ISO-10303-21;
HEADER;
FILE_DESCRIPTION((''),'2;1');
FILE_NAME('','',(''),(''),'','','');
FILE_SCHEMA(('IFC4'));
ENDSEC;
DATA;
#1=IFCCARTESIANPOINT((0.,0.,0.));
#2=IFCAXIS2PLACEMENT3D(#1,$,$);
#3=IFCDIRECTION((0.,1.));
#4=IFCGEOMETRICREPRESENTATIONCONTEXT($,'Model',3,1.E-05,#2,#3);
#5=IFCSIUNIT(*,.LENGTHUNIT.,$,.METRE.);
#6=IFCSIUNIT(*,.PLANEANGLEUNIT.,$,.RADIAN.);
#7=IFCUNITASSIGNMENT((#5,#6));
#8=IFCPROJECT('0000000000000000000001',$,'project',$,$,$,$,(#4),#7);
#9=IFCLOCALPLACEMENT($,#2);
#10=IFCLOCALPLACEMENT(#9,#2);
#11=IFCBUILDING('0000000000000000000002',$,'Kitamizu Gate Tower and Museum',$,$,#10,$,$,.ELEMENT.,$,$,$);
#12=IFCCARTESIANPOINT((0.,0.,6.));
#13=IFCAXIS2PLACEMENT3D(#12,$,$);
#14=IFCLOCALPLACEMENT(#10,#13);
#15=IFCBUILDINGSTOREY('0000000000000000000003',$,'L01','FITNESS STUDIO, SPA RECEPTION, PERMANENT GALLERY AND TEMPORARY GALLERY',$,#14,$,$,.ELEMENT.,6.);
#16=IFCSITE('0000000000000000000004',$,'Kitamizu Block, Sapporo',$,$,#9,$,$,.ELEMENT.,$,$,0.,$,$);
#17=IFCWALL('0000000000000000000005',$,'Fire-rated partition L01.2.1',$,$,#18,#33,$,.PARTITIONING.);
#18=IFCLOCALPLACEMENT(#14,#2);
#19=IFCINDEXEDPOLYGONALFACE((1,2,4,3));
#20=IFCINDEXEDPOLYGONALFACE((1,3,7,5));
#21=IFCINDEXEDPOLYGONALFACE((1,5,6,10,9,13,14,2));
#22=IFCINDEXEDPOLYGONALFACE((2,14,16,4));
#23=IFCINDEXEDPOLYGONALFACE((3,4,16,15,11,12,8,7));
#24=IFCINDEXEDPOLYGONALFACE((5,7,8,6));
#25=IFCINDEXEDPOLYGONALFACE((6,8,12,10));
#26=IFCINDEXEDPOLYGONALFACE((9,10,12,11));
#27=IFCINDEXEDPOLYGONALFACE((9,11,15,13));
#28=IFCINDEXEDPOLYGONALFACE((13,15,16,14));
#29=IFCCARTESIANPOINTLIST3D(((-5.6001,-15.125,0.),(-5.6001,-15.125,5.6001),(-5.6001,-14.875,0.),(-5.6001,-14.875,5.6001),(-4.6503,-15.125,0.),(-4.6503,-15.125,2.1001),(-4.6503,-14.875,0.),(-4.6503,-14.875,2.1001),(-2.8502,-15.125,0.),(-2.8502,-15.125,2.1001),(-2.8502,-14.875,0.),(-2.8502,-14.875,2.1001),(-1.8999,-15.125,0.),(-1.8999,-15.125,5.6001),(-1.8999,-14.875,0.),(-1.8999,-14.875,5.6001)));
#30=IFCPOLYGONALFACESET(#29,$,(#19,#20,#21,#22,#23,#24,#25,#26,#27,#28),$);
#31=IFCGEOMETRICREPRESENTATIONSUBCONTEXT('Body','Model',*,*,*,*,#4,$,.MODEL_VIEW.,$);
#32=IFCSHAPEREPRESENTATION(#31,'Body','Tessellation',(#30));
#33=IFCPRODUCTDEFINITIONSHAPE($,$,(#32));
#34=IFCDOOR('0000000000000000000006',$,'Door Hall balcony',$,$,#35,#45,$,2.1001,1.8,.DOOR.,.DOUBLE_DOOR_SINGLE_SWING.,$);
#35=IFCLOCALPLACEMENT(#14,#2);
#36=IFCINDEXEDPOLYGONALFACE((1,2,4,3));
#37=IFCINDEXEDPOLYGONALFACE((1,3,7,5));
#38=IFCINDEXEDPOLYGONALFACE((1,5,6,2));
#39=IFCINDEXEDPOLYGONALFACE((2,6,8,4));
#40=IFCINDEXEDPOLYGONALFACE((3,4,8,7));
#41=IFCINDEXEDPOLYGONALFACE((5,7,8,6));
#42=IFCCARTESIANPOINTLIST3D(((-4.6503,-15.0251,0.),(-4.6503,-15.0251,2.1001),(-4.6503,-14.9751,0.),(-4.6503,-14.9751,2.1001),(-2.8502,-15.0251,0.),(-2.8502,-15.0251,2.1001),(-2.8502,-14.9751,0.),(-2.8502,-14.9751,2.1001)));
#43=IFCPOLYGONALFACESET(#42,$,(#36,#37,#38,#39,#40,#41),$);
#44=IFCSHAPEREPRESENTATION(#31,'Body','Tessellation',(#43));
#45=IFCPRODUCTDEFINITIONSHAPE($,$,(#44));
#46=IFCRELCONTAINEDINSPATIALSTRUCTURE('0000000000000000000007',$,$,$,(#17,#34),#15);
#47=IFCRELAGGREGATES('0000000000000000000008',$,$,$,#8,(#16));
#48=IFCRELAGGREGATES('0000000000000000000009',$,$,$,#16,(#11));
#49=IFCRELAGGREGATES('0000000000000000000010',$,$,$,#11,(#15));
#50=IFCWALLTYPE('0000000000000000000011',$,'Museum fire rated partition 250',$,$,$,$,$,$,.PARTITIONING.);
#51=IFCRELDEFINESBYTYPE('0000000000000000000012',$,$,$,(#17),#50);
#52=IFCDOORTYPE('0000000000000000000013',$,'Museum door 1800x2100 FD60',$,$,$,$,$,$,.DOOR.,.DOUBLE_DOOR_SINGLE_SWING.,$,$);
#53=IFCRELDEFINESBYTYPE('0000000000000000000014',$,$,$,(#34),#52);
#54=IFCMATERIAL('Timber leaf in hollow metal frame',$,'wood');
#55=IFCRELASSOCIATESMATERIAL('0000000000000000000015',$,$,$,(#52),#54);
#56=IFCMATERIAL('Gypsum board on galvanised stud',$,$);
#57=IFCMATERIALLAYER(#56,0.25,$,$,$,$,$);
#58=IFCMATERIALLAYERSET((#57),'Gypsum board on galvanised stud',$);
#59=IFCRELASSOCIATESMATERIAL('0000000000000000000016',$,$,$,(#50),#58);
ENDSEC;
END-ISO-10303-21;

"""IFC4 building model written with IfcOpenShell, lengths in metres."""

from ifc_helpers import new_model, si_unit, direction, frame, frame_2d, origin, place, context, subcontext, project, spatial, rectangle, extrude, material, layer, layer_set, type_object, element, fill, save


model = new_model("IFC4")

# Units and contexts
model_context = context("Model", 3, precision=1e-05, world=origin(), true_north=direction((0.0, 1.0)))
body_context = subcontext(model_context, "Body", "Model", "MODEL_VIEW")
ifc_project = project(units=[si_unit("LENGTHUNIT", "METRE"), si_unit("PLANEANGLEUNIT", "RADIAN")], contexts=[model_context])

# Site, building, storey
site_placement = place(None, origin())
site = spatial("IfcSite", under=ifc_project, at=site_placement, Name="Kitamizu Block, Sapporo", CompositionType="ELEMENT", RefElevation=0.0)
building_placement = place(site_placement, origin())
building = spatial("IfcBuilding", under=site, at=building_placement, Name="Kitamizu Gate Tower and Museum", CompositionType="ELEMENT")
storey_placement = place(building_placement, frame((0.0, 0.0, 6.0)))
storey = spatial("IfcBuildingStorey", under=building, at=storey_placement, Name="L01", Description="FITNESS STUDIO, SPA RECEPTION, PERMANENT GALLERY AND TEMPORARY GALLERY", CompositionType="ELEMENT", Elevation=6.0)

# Wall, opening, door
ifc_material_1 = material(Name="Timber leaf in hollow metal frame", Category="wood")
door_type = type_object("IfcDoorType", Name="Museum door 1800x2100 FD60", OperationType="DOUBLE_DOOR_SINGLE_SWING", PredefinedType="DOOR", material=ifc_material_1)
ifc_material_2 = material(Name="Gypsum board on galvanised stud")
ifc_layer_1 = layer(ifc_material_2, 0.25)
ifc_layer_set_1 = layer_set([ifc_layer_1], Name="Gypsum board on galvanised stud")
wall_type_1 = type_object("IfcWallType", Name="Museum fire rated partition 250", PredefinedType="PARTITIONING", material=ifc_layer_set_1)
wall_1_placement = place(storey_placement, frame((-5.6001, -15.0, 0.0), z_axis=(0.0, 0.0, 1.0), x_axis=(1.0, 0.0, 0.0)))
wall_1 = element("IfcWall", 1, at=wall_1_placement, inside=storey, type_object=wall_type_1, Name="Fire-rated partition L01.2.1", PredefinedType="PARTITIONING", context=body_context, shape_type="SweptSolid", body=[
    extrude(rectangle(XDim=3.7002, YDim=0.25, at=frame_2d((1.8501, 0.0))), origin(), (0.0, 0.0, 1.0), 5.6001),
])
opening_1_placement = place(wall_1_placement, frame((0.95, 0.0, 0.0)))
opening_1 = element("IfcOpeningElement", 2, at=opening_1_placement, cuts=wall_1, PredefinedType="OPENING", context=body_context, shape_type="SweptSolid", body=[
    extrude(rectangle(XDim=1.8, YDim=2.1001, at=frame_2d((0.8999, 1.05))), frame((0.0, 0.135, 0.0), z_axis=(0.0, -1.0, 0.0), x_axis=(1.0, 0.0, 0.0)), (0.0, 0.0, 1.0), 0.27),
])
door_1_placement = place(opening_1_placement, origin())
door_1 = element("IfcDoor", 3, at=door_1_placement, inside=storey, type_object=door_type, Name="Door Hall balcony", OperationType="DOUBLE_DOOR_SINGLE_SWING", OverallHeight=2.1001, OverallWidth=1.8, PredefinedType="DOOR", context=body_context, shape_type="SweptSolid", body=[
    extrude(rectangle(XDim=1.8, YDim=2.1001, at=frame_2d((0.8999, 1.05))), frame((0.0, 0.0249, 0.0), z_axis=(0.0, -1.0, 0.0), x_axis=(1.0, 0.0, 0.0)), (0.0, 0.0, 1.0), 0.05),
])
fill(opening_1, door_1)

save(model, "model.ifc")
